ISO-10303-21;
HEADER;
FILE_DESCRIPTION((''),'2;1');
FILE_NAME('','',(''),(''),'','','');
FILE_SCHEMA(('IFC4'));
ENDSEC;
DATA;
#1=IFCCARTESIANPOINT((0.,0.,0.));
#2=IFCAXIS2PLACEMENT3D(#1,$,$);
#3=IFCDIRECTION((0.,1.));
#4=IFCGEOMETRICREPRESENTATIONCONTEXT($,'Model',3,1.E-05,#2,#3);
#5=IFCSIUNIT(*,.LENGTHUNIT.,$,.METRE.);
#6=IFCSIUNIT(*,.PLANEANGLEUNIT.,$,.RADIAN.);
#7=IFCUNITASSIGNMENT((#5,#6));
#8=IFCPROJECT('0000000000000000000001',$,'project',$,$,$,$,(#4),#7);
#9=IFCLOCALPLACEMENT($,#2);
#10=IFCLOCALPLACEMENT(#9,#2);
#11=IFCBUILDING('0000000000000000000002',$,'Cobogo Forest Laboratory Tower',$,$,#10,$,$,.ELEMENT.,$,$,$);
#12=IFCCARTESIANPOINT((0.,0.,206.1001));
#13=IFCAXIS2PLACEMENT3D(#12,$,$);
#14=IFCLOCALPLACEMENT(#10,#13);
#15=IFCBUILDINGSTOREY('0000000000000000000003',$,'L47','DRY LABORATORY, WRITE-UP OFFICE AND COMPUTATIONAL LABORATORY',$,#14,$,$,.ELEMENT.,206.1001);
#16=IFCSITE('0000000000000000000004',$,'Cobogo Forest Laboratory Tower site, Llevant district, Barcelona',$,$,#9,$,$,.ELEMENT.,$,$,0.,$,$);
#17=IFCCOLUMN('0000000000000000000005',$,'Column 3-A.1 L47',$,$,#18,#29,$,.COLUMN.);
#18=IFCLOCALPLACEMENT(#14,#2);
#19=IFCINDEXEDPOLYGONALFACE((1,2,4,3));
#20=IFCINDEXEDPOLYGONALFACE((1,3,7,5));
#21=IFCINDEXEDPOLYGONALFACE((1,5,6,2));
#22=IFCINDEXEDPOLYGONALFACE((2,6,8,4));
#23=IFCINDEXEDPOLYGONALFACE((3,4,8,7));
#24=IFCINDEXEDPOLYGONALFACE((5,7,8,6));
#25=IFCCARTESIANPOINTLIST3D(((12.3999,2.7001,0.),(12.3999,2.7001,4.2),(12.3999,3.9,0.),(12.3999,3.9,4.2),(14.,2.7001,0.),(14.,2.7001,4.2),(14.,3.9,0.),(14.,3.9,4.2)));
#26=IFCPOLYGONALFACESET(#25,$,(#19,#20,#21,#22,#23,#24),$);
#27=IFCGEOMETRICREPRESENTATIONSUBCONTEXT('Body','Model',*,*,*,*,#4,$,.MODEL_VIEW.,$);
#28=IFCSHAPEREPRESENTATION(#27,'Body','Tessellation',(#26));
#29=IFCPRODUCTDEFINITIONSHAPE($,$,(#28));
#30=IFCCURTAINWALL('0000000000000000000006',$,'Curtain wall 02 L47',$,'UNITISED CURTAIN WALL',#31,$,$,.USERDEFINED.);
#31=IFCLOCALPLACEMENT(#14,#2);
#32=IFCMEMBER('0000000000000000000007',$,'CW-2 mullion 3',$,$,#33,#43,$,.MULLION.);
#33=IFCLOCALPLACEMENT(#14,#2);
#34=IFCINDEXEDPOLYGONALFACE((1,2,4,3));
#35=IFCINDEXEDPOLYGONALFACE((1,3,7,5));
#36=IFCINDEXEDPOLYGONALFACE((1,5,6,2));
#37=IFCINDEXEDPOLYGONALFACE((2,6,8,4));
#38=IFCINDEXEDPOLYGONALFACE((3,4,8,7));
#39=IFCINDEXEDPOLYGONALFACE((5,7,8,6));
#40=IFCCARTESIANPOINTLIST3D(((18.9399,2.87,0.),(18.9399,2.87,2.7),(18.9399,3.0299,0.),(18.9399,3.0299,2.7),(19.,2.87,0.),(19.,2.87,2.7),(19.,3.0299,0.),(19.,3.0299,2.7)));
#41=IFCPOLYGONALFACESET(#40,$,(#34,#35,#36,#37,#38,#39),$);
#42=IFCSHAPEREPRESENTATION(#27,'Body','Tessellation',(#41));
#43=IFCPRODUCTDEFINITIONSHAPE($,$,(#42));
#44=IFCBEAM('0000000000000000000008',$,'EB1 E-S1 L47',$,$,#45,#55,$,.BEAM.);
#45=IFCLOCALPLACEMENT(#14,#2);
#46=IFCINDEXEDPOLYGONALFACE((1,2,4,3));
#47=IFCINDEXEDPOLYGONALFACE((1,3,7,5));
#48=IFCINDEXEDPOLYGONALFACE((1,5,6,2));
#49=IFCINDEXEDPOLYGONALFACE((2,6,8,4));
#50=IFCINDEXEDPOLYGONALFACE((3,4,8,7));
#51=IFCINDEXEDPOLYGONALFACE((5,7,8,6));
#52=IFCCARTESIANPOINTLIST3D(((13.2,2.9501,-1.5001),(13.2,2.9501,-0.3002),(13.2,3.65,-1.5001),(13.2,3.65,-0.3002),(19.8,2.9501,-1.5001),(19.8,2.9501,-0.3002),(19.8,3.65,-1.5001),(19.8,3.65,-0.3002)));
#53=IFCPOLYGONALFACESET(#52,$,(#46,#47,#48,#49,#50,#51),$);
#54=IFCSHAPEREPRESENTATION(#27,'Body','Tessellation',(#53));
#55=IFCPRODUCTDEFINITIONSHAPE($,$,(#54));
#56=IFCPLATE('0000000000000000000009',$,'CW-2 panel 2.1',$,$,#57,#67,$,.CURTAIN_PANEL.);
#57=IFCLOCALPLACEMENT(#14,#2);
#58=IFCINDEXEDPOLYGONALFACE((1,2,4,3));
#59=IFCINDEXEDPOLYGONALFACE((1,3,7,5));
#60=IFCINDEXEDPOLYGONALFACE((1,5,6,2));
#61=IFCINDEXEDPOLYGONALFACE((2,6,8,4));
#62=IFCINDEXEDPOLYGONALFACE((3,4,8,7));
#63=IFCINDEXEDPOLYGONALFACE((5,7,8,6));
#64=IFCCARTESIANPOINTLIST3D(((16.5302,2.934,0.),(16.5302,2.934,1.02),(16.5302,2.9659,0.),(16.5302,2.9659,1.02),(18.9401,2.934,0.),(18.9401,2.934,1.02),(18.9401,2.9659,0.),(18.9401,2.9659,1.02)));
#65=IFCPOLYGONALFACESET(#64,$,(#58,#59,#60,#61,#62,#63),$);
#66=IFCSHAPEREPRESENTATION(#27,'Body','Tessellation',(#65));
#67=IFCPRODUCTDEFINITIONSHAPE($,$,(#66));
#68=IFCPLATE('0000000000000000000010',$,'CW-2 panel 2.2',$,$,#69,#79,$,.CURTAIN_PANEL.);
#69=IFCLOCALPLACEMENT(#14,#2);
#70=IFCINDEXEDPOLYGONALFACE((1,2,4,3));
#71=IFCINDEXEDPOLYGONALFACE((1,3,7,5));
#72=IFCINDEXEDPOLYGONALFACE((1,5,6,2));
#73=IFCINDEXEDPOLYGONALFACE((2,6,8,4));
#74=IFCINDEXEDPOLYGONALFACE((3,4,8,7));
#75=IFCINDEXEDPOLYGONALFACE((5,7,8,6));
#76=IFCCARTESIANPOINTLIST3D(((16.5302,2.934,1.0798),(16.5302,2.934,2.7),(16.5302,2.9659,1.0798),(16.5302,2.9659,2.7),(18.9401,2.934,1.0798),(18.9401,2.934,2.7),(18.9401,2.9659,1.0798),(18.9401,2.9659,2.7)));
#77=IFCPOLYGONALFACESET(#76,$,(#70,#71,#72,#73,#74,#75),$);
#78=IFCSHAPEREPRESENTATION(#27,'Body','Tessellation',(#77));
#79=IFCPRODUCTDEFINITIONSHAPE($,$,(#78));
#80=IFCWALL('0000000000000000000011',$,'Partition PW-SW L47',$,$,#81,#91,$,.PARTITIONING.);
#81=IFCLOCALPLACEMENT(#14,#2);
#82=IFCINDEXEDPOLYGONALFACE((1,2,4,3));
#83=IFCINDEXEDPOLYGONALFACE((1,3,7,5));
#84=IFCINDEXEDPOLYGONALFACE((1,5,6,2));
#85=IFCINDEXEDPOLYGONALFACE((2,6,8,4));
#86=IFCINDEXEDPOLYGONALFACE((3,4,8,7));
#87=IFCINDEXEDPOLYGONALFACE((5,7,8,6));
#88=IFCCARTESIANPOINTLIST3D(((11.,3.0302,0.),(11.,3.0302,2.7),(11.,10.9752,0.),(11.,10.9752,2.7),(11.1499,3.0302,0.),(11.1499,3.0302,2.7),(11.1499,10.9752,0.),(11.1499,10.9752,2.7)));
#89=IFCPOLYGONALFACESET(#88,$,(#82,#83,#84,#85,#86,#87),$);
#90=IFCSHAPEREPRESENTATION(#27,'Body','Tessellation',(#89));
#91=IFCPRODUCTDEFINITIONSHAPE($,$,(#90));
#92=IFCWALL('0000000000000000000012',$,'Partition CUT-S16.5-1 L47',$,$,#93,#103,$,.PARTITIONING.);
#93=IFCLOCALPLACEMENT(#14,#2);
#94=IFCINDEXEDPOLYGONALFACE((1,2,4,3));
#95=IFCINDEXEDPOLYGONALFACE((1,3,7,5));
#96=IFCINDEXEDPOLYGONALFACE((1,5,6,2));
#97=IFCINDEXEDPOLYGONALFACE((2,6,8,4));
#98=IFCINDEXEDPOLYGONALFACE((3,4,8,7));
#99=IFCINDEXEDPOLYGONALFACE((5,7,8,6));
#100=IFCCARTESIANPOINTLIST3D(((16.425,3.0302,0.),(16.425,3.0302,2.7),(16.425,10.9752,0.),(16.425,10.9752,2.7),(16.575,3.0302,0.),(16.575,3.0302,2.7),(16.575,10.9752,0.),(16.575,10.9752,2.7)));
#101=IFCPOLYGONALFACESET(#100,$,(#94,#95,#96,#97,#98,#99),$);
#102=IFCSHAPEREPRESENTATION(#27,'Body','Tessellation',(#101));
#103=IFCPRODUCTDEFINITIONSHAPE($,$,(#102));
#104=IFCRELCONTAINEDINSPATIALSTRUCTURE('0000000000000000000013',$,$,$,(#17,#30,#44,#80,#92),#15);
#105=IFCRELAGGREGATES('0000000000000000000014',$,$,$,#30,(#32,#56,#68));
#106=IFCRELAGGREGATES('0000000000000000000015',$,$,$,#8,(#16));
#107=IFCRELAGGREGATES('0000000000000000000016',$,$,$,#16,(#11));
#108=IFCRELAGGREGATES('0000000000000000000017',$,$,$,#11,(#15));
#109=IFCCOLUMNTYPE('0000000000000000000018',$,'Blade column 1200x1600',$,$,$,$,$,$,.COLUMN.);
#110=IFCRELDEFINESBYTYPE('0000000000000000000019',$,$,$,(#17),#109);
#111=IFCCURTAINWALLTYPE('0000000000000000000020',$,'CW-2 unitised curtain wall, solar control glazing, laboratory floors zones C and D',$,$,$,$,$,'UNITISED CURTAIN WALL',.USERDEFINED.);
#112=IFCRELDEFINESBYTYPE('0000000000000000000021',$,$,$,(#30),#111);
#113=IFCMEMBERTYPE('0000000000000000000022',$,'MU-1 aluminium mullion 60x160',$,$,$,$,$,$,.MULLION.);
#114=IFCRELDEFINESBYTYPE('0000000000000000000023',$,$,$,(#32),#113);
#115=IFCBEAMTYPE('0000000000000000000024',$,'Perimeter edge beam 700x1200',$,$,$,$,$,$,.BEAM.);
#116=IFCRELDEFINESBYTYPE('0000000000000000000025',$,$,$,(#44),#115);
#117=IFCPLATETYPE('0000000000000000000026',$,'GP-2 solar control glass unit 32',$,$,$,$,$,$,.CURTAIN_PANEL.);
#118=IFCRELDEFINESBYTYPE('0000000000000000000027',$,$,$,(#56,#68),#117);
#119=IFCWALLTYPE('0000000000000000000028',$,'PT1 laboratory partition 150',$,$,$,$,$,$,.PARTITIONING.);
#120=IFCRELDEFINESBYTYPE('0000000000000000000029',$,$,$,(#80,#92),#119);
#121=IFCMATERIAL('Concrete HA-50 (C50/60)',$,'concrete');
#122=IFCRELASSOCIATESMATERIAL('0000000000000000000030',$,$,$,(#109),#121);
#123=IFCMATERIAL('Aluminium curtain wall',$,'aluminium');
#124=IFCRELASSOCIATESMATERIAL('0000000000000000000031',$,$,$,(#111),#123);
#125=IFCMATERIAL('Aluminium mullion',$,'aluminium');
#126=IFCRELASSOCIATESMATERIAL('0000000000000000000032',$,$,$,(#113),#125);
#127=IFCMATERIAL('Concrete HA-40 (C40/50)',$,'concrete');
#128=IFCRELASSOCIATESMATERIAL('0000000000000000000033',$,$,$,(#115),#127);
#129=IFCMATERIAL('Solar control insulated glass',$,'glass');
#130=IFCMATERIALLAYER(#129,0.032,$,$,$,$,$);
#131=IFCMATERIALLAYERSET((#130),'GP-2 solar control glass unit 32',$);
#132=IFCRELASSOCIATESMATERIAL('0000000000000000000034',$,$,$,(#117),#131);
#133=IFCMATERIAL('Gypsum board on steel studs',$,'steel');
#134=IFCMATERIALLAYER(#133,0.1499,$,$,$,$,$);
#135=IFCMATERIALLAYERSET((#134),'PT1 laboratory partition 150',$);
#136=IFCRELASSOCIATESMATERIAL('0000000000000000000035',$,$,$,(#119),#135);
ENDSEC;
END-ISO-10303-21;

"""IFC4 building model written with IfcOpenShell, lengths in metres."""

from ifc_helpers import new_model, si_unit, direction, frame, frame_2d, origin, origin_2d, place, context, subcontext, project, spatial, rectangle, extrude, material, layer, layer_set, material_profile, profile_set, type_object, element, aggregate, save


model = new_model("IFC4")

# Units and contexts
model_context = context("Model", 3, precision=1e-05, world=origin(), true_north=direction((0.0, 1.0)))
body_context = subcontext(model_context, "Body", "Model", "MODEL_VIEW")
ifc_project = project(units=[si_unit("LENGTHUNIT", "METRE"), si_unit("PLANEANGLEUNIT", "RADIAN")], contexts=[model_context])

# Site, building, storey
site_placement = place(None, origin())
site = spatial("IfcSite", under=ifc_project, at=site_placement, Name="Cobogo Forest Laboratory Tower site, Llevant district, Barcelona", CompositionType="ELEMENT", RefElevation=0.0)
building_placement = place(site_placement, origin())
building = spatial("IfcBuilding", under=site, at=building_placement, Name="Cobogo Forest Laboratory Tower", CompositionType="ELEMENT")
storey_placement = place(building_placement, frame((0.0, 0.0, 206.1001)))
storey = spatial("IfcBuildingStorey", under=building, at=storey_placement, Name="L47", Description="DRY LABORATORY, WRITE-UP OFFICE AND COMPUTATIONAL LABORATORY", CompositionType="ELEMENT", Elevation=206.1001)

# Column
ifc_material_1 = material(Name="Concrete HA-50 (C50/60)", Category="concrete")
ifc_material_profile_1 = material_profile(ifc_material_1, rectangle(XDim=1.6001, YDim=1.2, at=origin_2d()), Name="RC 1200x1600")
ifc_profile_set_1 = profile_set([ifc_material_profile_1], Name="Concrete HA-50 (C50/60)")
column_type = type_object("IfcColumnType", Name="Blade column 1200x1600", PredefinedType="COLUMN", material=ifc_profile_set_1)
column_placement = place(storey_placement, frame((13.2, 3.3, 0.0), z_axis=(0.0, 0.0, 1.0), x_axis=(1.0, 0.0, 0.0)))
element("IfcColumn", 1, at=column_placement, inside=storey, type_object=column_type, Name="Column 3-A.1 L47", PredefinedType="COLUMN", context=body_context, shape_type="SweptSolid", body=[
    extrude(rectangle(XDim=1.6001, YDim=1.2, at=origin_2d()), origin(), (0.0, 0.0, 1.0), 4.2),
])

# Curtain wall, member
ifc_material_2 = material(Name="Aluminium curtain wall", Category="aluminium")
curtain_wall_type = type_object("IfcCurtainWallType", Name="CW-2 unitised curtain wall, solar control glazing, laboratory floors zones C and D", ElementType="UNITISED CURTAIN WALL", PredefinedType="USERDEFINED", material=ifc_material_2)
curtain_wall_placement = place(storey_placement, origin())
curtain_wall = element("IfcCurtainWall", 2, at=curtain_wall_placement, inside=storey, type_object=curtain_wall_type, Name="Curtain wall 02 L47", ObjectType="UNITISED CURTAIN WALL", PredefinedType="USERDEFINED")
ifc_material_3 = material(Name="Aluminium mullion", Category="aluminium")
ifc_material_profile_2 = material_profile(ifc_material_3, rectangle(XDim=0.0601, YDim=0.1599, at=origin_2d()), Name="AL 60x160")
ifc_profile_set_2 = profile_set([ifc_material_profile_2], Name="Aluminium mullion")
member_type = type_object("IfcMemberType", Name="MU-1 aluminium mullion 60x160", PredefinedType="MULLION", material=ifc_profile_set_2)
member_placement = place(storey_placement, frame((18.97, 2.95, 0.0), z_axis=(0.0, 0.0, 1.0), x_axis=(1.0, 0.0, 0.0)))
member = element("IfcMember", 3, at=member_placement, type_object=member_type, Name="CW-2 mullion 3", PredefinedType="MULLION", context=body_context, shape_type="SweptSolid", body=[
    extrude(rectangle(XDim=0.0601, YDim=0.1599, at=origin_2d()), origin(), (0.0, 0.0, 1.0), 2.7),
])

# Beam
ifc_material_4 = material(Name="Concrete HA-40 (C40/50)", Category="concrete")
ifc_material_profile_3 = material_profile(ifc_material_4, rectangle(XDim=0.7, YDim=1.2, at=origin_2d()), Name="RC 700x1200")
ifc_profile_set_3 = profile_set([ifc_material_profile_3], Name="Concrete HA-40 (C40/50)")
beam_type = type_object("IfcBeamType", Name="Perimeter edge beam 700x1200", PredefinedType="BEAM", material=ifc_profile_set_3)
beam_placement = place(storey_placement, frame((13.2, 3.3, -0.9001), z_axis=(1.0, 0.0, 0.0), x_axis=(0.0, 1.0, 0.0)))
element("IfcBeam", 4, at=beam_placement, inside=storey, type_object=beam_type, Name="EB1 E-S1 L47", PredefinedType="BEAM", context=body_context, shape_type="SweptSolid", body=[
    extrude(rectangle(XDim=0.7, YDim=1.2, at=origin_2d()), origin(), (0.0, 0.0, 1.0), 6.6001),
])

# Plates
ifc_material_5 = material(Name="Solar control insulated glass", Category="glass")
ifc_layer_1 = layer(ifc_material_5, 0.032)
ifc_layer_set_1 = layer_set([ifc_layer_1], Name="GP-2 solar control glass unit 32")
plate_type = type_object("IfcPlateType", Name="GP-2 solar control glass unit 32", PredefinedType="CURTAIN_PANEL", material=ifc_layer_set_1)
plate_1_placement = place(storey_placement, frame((17.7351, 2.95, 0.0), z_axis=(0.0, 0.0, 1.0), x_axis=(1.0, 0.0, 0.0)))
plate_1 = element("IfcPlate", 5, at=plate_1_placement, type_object=plate_type, Name="CW-2 panel 2.1", PredefinedType="CURTAIN_PANEL", context=body_context, shape_type="SweptSolid", body=[
    extrude(rectangle(XDim=2.4099, YDim=0.032, at=origin_2d()), origin(), (0.0, 0.0, 1.0), 1.02),
])
plate_2_placement = place(storey_placement, frame((17.7351, 2.95, 1.0798), z_axis=(0.0, 0.0, 1.0), x_axis=(1.0, 0.0, 0.0)))
plate_2 = element("IfcPlate", 6, at=plate_2_placement, type_object=plate_type, Name="CW-2 panel 2.2", PredefinedType="CURTAIN_PANEL", context=body_context, shape_type="SweptSolid", body=[
    extrude(rectangle(XDim=2.4099, YDim=0.032, at=origin_2d()), origin(), (0.0, 0.0, 1.0), 1.6201),
])
aggregate(curtain_wall, [member, plate_1, plate_2])

# Walls
ifc_material_6 = material(Name="Gypsum board on steel studs", Category="steel")
ifc_layer_2 = layer(ifc_material_6, 0.1499)
ifc_layer_set_2 = layer_set([ifc_layer_2], Name="PT1 laboratory partition 150")
wall_type = type_object("IfcWallType", Name="PT1 laboratory partition 150", PredefinedType="PARTITIONING", material=ifc_layer_set_2)
for number, where, z_axis, x_axis, name in (
    (7, (11.075, 3.03, 0.0), (0.0, 0.0, 1.0), (0.0, 1.0, 0.0), "Partition PW-SW L47"),
    (8, (16.5, 3.03, 0.0), (0.0, 0.0, 1.0), (0.0, 1.0, 0.0), "Partition CUT-S16.5-1 L47"),
):
    element("IfcWall", number, at=place(storey_placement, frame(where, z_axis=z_axis, x_axis=x_axis)), inside=storey, type_object=wall_type, Name=name, PredefinedType="PARTITIONING", context=body_context, shape_type="SweptSolid", body=[
        extrude(rectangle(XDim=7.9451, YDim=0.1499, at=frame_2d((3.9727, 0.0))), origin(), (0.0, 0.0, 1.0), 2.7),
    ])

save(model, "model.ifc")
